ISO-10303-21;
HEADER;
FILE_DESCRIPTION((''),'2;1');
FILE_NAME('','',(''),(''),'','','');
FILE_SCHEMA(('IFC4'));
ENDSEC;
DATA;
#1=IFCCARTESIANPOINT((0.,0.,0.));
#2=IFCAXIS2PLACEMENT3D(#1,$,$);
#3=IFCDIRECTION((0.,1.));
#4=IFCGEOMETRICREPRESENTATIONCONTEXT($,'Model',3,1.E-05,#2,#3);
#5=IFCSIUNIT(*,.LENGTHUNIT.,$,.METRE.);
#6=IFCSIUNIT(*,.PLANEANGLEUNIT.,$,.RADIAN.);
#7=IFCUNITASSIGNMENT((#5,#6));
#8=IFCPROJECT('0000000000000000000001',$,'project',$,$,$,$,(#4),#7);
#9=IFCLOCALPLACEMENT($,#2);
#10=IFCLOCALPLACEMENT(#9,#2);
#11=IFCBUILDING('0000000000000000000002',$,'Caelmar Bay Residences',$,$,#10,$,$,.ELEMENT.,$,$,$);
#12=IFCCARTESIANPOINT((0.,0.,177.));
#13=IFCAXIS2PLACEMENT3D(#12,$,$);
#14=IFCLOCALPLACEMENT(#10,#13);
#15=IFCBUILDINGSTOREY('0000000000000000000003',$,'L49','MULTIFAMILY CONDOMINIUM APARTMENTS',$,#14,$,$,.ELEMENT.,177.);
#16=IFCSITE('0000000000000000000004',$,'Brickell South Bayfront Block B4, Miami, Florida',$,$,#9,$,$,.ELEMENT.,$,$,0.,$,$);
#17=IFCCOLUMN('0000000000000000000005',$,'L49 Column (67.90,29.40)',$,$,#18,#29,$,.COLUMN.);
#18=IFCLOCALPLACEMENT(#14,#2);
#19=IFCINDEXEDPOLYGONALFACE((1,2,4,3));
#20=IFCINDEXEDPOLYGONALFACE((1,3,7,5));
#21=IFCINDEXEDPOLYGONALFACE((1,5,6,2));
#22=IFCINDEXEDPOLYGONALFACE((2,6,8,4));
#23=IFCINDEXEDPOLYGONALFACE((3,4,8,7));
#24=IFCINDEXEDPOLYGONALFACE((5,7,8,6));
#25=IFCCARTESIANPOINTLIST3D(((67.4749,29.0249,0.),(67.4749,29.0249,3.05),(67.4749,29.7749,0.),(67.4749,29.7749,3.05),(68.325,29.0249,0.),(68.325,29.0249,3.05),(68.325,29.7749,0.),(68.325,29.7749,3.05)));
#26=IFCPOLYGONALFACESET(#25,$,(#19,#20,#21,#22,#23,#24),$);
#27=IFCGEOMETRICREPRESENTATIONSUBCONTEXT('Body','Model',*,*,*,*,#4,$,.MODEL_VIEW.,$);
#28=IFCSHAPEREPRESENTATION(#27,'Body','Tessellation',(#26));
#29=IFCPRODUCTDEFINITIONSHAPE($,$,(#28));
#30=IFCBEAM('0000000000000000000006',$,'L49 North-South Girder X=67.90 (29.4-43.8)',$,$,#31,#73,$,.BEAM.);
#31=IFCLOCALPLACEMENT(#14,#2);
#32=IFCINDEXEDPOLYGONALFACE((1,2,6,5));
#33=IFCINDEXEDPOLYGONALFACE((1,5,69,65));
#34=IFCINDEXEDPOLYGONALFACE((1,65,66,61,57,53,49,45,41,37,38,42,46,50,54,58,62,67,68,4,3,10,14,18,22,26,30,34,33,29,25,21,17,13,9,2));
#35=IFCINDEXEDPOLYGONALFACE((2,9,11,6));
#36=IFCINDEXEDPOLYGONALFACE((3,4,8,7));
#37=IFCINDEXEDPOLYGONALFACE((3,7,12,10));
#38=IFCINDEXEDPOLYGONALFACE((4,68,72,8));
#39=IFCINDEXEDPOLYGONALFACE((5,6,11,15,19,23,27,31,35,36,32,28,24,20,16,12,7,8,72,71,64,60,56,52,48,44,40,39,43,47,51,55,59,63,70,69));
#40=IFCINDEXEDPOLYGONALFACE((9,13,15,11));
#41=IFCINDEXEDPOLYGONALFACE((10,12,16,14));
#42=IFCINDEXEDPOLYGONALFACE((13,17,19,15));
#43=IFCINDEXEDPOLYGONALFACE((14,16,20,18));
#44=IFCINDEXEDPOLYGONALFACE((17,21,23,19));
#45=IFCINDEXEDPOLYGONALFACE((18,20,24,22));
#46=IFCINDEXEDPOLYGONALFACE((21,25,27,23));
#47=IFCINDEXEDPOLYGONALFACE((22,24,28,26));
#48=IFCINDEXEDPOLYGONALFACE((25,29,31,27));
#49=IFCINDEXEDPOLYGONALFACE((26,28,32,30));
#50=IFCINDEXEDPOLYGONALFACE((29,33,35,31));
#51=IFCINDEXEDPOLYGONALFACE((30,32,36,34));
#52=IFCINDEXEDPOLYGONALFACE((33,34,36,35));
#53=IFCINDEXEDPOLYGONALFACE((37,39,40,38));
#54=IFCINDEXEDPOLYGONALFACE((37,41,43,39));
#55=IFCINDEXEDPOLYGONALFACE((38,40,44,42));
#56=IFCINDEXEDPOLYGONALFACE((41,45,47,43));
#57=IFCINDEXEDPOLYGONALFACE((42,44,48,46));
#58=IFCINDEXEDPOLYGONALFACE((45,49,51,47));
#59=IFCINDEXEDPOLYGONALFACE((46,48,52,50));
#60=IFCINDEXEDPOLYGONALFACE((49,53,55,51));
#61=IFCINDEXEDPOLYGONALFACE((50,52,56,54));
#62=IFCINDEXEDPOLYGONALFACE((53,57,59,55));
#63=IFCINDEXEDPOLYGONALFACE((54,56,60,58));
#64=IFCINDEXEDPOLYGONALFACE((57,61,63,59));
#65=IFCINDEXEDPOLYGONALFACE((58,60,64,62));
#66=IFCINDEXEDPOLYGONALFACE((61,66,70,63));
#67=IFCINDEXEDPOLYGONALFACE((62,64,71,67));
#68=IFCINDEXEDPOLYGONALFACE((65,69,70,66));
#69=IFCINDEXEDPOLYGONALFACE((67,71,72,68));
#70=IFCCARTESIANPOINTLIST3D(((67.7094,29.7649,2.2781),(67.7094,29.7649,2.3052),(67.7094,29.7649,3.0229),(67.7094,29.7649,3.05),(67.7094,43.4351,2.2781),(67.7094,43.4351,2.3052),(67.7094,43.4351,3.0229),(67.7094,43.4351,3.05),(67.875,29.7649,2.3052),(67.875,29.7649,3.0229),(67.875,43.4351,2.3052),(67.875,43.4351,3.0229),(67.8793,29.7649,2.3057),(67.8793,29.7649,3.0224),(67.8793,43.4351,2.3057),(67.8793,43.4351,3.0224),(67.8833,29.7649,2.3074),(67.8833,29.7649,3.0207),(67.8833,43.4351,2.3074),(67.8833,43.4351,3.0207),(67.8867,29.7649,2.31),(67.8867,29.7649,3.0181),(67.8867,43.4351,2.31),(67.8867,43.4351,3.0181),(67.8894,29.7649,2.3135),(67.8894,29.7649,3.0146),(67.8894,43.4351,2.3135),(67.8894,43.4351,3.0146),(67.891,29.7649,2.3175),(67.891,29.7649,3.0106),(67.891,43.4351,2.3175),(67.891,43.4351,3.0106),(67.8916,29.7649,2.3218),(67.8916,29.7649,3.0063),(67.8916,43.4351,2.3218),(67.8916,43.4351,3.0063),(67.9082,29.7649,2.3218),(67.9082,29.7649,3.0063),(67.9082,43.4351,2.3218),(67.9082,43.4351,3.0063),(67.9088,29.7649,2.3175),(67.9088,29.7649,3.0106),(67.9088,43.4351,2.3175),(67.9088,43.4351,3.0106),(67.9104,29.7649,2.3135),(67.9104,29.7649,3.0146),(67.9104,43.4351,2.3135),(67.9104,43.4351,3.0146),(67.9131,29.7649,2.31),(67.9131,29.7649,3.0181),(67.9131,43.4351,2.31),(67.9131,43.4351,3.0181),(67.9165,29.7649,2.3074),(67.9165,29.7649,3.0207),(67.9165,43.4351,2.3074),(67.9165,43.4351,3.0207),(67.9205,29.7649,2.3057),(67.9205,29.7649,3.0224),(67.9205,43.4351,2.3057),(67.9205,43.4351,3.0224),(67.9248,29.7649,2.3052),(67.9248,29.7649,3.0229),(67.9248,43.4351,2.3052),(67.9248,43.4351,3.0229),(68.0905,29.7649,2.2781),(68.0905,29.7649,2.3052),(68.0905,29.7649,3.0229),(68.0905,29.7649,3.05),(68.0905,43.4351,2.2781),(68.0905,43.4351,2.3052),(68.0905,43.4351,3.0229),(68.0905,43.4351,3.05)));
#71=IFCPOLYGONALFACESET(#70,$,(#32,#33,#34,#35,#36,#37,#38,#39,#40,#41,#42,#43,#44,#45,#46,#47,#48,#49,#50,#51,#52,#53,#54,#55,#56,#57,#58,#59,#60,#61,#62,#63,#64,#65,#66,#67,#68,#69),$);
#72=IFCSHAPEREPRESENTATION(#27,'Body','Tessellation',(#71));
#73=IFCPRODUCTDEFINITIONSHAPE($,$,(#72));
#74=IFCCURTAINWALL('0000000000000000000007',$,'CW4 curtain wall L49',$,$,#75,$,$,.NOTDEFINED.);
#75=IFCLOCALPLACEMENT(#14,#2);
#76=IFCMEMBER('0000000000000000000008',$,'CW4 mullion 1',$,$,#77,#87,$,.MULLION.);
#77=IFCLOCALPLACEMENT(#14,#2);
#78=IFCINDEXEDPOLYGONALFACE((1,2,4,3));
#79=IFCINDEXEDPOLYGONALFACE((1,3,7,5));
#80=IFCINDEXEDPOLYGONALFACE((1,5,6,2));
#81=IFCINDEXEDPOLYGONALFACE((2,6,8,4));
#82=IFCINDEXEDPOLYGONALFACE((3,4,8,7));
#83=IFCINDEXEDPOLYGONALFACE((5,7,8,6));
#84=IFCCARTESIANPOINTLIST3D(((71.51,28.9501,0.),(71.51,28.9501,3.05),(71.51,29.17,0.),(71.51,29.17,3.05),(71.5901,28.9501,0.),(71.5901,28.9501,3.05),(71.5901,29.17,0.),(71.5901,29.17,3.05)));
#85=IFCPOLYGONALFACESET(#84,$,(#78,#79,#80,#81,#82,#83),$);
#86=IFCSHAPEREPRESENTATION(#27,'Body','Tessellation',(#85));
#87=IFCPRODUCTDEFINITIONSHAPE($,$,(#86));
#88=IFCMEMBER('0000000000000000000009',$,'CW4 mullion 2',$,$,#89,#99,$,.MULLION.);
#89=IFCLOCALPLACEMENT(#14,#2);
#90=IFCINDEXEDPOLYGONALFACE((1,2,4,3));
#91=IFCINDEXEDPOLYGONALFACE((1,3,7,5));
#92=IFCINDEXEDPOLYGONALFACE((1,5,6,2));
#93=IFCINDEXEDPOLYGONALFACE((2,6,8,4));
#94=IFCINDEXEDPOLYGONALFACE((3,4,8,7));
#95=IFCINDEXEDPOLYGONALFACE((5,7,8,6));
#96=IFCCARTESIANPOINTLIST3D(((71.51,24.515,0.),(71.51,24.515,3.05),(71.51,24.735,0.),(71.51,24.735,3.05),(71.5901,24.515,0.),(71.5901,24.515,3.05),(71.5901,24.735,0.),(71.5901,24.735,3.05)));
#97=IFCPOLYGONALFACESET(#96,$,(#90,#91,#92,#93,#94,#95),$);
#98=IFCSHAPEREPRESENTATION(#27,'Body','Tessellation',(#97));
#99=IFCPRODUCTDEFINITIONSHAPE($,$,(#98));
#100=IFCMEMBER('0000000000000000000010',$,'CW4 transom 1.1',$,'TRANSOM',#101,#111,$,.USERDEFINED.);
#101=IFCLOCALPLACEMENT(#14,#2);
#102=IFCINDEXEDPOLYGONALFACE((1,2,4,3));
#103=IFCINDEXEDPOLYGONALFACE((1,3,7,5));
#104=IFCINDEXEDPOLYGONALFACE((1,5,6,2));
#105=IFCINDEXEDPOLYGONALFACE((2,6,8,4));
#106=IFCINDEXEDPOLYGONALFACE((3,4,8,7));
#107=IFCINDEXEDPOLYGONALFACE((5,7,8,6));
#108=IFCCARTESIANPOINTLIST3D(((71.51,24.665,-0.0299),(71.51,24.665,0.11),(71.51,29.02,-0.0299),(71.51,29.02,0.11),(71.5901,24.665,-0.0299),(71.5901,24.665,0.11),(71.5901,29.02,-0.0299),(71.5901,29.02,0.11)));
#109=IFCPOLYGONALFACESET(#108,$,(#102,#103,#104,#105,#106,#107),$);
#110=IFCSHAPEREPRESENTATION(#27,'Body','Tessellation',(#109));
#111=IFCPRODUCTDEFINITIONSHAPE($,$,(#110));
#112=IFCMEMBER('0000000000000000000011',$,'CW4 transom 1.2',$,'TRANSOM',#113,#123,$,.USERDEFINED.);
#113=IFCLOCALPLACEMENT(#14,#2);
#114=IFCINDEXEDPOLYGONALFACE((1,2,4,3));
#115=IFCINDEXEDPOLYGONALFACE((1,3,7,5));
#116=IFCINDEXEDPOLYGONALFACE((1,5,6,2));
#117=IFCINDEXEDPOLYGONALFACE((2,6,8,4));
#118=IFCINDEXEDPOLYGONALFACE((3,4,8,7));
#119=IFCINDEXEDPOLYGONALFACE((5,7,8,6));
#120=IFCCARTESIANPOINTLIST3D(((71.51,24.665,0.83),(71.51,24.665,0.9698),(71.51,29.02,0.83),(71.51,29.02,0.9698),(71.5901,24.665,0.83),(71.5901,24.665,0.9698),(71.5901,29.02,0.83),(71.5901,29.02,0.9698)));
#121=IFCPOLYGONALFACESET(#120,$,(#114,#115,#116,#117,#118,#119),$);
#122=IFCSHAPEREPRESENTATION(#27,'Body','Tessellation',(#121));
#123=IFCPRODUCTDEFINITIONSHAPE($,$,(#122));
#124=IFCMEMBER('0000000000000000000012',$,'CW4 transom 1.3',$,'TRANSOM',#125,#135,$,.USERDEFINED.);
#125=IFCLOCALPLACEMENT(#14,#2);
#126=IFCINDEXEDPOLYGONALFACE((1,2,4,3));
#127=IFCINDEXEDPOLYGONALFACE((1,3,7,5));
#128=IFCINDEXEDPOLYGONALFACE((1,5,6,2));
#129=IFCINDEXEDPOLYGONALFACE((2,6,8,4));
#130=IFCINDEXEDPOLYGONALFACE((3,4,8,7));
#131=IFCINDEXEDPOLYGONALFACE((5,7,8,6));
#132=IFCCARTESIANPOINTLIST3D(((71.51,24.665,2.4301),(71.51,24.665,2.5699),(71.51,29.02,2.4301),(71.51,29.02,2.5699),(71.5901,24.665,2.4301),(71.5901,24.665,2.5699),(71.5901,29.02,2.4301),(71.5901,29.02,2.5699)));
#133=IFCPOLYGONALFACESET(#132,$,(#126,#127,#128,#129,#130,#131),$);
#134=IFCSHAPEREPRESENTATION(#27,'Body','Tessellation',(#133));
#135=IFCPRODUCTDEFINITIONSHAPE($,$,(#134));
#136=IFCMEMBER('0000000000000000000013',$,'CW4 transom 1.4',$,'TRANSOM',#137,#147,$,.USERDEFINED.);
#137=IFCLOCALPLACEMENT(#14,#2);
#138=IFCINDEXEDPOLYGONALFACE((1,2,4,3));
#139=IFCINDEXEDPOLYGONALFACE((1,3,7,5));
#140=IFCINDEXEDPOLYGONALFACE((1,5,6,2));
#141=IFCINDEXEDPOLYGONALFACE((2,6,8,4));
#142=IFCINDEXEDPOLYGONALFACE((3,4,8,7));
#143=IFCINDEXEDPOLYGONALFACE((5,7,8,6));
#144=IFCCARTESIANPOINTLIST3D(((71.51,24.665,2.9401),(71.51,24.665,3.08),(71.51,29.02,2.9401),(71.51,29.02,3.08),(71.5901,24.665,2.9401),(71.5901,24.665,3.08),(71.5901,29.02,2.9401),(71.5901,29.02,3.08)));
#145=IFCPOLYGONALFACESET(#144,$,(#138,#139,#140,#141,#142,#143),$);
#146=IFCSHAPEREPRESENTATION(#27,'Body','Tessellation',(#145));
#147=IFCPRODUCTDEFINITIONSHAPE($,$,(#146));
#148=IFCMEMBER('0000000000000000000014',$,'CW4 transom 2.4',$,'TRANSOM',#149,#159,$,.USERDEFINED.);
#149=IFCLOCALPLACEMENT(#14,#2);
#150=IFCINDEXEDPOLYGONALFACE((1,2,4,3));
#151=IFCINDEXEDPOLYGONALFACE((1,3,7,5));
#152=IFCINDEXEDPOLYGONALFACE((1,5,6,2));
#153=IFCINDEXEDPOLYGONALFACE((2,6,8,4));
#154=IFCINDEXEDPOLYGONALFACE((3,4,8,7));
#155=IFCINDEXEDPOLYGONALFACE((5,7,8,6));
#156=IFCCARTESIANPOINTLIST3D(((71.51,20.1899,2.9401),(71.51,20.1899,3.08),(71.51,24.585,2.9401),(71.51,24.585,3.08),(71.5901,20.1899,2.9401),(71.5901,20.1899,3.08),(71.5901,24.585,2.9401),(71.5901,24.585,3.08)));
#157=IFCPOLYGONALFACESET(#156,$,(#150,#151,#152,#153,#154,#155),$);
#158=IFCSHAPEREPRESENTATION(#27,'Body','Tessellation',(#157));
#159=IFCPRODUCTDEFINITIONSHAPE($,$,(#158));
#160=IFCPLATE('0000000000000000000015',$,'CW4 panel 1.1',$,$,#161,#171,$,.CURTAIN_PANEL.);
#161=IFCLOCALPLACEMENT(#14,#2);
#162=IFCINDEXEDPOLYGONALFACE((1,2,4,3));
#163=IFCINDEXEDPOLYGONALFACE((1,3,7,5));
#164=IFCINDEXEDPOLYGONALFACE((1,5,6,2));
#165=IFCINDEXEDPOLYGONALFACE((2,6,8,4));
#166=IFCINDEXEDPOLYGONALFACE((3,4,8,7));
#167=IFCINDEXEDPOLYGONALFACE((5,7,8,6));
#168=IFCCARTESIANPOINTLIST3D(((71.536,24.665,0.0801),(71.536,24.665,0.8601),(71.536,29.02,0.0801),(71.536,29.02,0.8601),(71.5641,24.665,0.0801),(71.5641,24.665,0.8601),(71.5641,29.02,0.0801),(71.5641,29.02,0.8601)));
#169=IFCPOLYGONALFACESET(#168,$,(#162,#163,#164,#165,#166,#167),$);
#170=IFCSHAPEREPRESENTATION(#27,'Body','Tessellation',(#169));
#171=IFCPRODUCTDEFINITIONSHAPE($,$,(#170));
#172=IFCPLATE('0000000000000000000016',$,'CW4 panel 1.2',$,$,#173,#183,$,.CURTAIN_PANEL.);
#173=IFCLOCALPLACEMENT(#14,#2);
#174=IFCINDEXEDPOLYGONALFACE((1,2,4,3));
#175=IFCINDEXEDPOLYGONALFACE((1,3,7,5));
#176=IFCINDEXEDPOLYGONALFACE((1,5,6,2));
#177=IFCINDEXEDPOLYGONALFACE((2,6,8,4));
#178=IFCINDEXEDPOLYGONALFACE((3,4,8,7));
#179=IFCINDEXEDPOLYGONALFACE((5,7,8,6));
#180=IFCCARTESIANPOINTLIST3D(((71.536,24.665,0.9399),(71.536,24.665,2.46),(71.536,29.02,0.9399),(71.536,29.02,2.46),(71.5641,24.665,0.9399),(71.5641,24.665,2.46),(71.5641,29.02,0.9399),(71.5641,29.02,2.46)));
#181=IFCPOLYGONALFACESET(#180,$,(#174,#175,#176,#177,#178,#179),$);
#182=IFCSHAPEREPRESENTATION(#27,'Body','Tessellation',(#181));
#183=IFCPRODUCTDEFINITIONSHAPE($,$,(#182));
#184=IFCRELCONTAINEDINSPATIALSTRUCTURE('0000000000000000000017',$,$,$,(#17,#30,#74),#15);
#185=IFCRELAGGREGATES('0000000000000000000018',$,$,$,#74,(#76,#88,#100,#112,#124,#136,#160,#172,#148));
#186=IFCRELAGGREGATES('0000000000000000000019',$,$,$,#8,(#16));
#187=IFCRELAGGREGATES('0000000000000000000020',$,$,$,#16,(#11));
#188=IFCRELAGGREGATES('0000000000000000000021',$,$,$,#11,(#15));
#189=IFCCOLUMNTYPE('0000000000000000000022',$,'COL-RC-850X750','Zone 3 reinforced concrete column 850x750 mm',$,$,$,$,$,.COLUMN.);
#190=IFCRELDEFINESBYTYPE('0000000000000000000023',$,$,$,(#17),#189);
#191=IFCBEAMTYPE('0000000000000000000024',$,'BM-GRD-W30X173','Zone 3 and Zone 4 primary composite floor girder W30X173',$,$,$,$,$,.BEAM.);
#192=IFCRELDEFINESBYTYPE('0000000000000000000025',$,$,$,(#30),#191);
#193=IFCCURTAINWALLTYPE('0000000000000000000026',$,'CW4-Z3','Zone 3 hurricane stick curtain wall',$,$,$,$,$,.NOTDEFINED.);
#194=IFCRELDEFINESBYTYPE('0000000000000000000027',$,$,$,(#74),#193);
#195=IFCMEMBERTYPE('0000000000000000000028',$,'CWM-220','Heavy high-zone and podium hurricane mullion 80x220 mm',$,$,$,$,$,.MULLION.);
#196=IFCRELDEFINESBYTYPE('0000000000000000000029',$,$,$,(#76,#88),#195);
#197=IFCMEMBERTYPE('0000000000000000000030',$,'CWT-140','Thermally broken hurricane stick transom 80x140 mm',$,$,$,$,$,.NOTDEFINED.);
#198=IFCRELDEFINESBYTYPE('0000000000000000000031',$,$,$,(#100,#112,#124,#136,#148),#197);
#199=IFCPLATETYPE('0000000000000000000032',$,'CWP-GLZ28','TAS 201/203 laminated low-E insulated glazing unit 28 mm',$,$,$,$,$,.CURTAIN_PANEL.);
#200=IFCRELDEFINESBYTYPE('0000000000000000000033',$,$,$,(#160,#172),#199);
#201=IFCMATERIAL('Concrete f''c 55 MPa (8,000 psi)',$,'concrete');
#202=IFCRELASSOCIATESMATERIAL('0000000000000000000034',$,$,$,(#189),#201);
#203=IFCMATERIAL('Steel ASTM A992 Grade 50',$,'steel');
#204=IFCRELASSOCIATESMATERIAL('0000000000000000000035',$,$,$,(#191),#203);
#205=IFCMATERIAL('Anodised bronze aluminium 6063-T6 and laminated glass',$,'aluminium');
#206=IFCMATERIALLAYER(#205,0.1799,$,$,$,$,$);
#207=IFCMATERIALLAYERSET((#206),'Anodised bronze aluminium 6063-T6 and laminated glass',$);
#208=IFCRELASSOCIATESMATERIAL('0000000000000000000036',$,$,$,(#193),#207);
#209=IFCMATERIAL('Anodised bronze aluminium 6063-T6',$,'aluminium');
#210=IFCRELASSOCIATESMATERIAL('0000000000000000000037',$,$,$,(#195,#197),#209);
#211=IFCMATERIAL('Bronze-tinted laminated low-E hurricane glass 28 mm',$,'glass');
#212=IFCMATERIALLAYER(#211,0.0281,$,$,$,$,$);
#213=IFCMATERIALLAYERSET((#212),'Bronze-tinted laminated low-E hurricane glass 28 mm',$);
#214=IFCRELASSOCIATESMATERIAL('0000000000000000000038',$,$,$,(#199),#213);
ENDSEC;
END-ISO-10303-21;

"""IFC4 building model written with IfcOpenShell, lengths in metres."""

from ifc_helpers import new_model, si_unit, direction, frame, origin, origin_2d, place, context, subcontext, project, spatial, rectangle, i_section, extrude, material, layer, layer_set, material_profile, profile_set, type_object, element, aggregate, save


model = new_model("IFC4")

# Units and contexts
model_context = context("Model", 3, precision=1e-05, world=origin(), true_north=direction((0.0, 1.0)))
body_context = subcontext(model_context, "Body", "Model", "MODEL_VIEW")
ifc_project = project(units=[si_unit("LENGTHUNIT", "METRE"), si_unit("PLANEANGLEUNIT", "RADIAN")], contexts=[model_context])

# Site, building, storey
site_placement = place(None, origin())
site = spatial("IfcSite", under=ifc_project, at=site_placement, Name="Brickell South Bayfront Block B4, Miami, Florida", CompositionType="ELEMENT", RefElevation=0.0)
building_placement = place(site_placement, origin())
building = spatial("IfcBuilding", under=site, at=building_placement, Name="Caelmar Bay Residences", CompositionType="ELEMENT")
storey_placement = place(building_placement, frame((0.0, 0.0, 177.0)))
storey = spatial("IfcBuildingStorey", under=building, at=storey_placement, Name="L49", Description="MULTIFAMILY CONDOMINIUM APARTMENTS", CompositionType="ELEMENT", Elevation=177.0)

# Column
ifc_material_1 = material(Name="Concrete f'c 55 MPa (8,000 psi)", Category="concrete")
ifc_material_profile_1 = material_profile(ifc_material_1, rectangle(XDim=0.8501, YDim=0.75, at=origin_2d()), Name="RC-COL-850X750")
ifc_profile_set_1 = profile_set([ifc_material_profile_1], Name="Concrete f'c 55 MPa (8,000 psi)")
column_type = type_object("IfcColumnType", Name="COL-RC-850X750", Description="Zone 3 reinforced concrete column 850x750 mm", PredefinedType="COLUMN", material=ifc_profile_set_1)
column_placement = place(storey_placement, frame((67.8999, 29.3999, 0.0), z_axis=(0.0, 0.0, 1.0), x_axis=(1.0, 0.0, 0.0)))
element("IfcColumn", 1, at=column_placement, inside=storey, type_object=column_type, Name="L49 Column (67.90,29.40)", PredefinedType="COLUMN", context=body_context, shape_type="SweptSolid", body=[
    extrude(rectangle(XDim=0.8501, YDim=0.75, at=origin_2d()), origin(), (0.0, 0.0, 1.0), 3.05),
])

# Beam
ifc_material_2 = material(Name="Steel ASTM A992 Grade 50", Category="steel")
ifc_material_profile_2 = material_profile(ifc_material_2, i_section(OverallWidth=0.3811, OverallDepth=0.772, WebThickness=0.0166, FlangeThickness=0.0271, FilletRadius=0.0166, at=origin_2d()), Name="W30X173")
ifc_profile_set_2 = profile_set([ifc_material_profile_2], Name="Steel ASTM A992 Grade 50")
beam_type = type_object("IfcBeamType", Name="BM-GRD-W30X173", Description="Zone 3 and Zone 4 primary composite floor girder W30X173", PredefinedType="BEAM", material=ifc_profile_set_2)
beam_placement = place(storey_placement, frame((67.8999, 29.7649, 2.6641), z_axis=(0.0, 1.0, 0.0), x_axis=(-1.0, 0.0, 0.0)))
element("IfcBeam", 2, at=beam_placement, inside=storey, type_object=beam_type, Name="L49 North-South Girder X=67.90 (29.4-43.8)", PredefinedType="BEAM", context=body_context, shape_type="SweptSolid", body=[
    extrude(i_section(OverallWidth=0.3811, OverallDepth=0.772, WebThickness=0.0166, FlangeThickness=0.0271, FilletRadius=0.0166, at=origin_2d()), origin(), (0.0, 0.0, 1.0), 13.6702),
])

# Curtain wall, members, plates
ifc_material_3 = material(Name="Anodised bronze aluminium 6063-T6 and laminated glass", Category="aluminium")
ifc_layer_1 = layer(ifc_material_3, 0.1799)
ifc_layer_set_1 = layer_set([ifc_layer_1], Name="Anodised bronze aluminium 6063-T6 and laminated glass")
curtain_wall_type = type_object("IfcCurtainWallType", Name="CW4-Z3", Description="Zone 3 hurricane stick curtain wall", PredefinedType="NOTDEFINED", material=ifc_layer_set_1)
curtain_wall_placement = place(storey_placement, origin())
curtain_wall = element("IfcCurtainWall", 3, at=curtain_wall_placement, inside=storey, type_object=curtain_wall_type, Name="CW4 curtain wall L49", PredefinedType="NOTDEFINED")
ifc_material_4 = material(Name="Anodised bronze aluminium 6063-T6", Category="aluminium")
ifc_material_profile_3 = material_profile(ifc_material_4, rectangle(XDim=0.0801, YDim=0.22, at=origin_2d()), Name="CWM-80X220")
ifc_profile_set_3 = profile_set([ifc_material_profile_3], Name="Anodised bronze aluminium 6063-T6")
member_type_1 = type_object("IfcMemberType", Name="CWM-220", Description="Heavy high-zone and podium hurricane mullion 80x220 mm", PredefinedType="MULLION", material=ifc_profile_set_3)
member_1_placement = place(storey_placement, frame((71.55, 29.0601, 0.0), z_axis=(0.0, 0.0, 1.0), x_axis=(1.0, 0.0, 0.0)))
member_1 = element("IfcMember", 4, at=member_1_placement, type_object=member_type_1, Name="CW4 mullion 1", PredefinedType="MULLION", context=body_context, shape_type="SweptSolid", body=[
    extrude(rectangle(XDim=0.0801, YDim=0.22, at=origin_2d()), origin(), (0.0, 0.0, 1.0), 3.05),
])
member_2_placement = place(storey_placement, frame((71.55, 24.625, 0.0), z_axis=(0.0, 0.0, 1.0), x_axis=(1.0, 0.0, 0.0)))
member_2 = element("IfcMember", 5, at=member_2_placement, type_object=member_type_1, Name="CW4 mullion 2", PredefinedType="MULLION", context=body_context, shape_type="SweptSolid", body=[
    extrude(rectangle(XDim=0.0801, YDim=0.22, at=origin_2d()), origin(), (0.0, 0.0, 1.0), 3.05),
])
ifc_material_profile_4 = material_profile(ifc_material_4, rectangle(XDim=0.0801, YDim=0.1399, at=origin_2d()), Name="CWT-80X140")
ifc_profile_set_4 = profile_set([ifc_material_profile_4], Name="Anodised bronze aluminium 6063-T6")
member_type_2 = type_object("IfcMemberType", Name="CWT-140", Description="Thermally broken hurricane stick transom 80x140 mm", PredefinedType="NOTDEFINED", material=ifc_profile_set_4)
member_3_placement = place(storey_placement, frame((71.55, 29.02, 0.04), z_axis=(0.0, -1.0, 0.0), x_axis=(1.0, 0.0, 0.0)))
member_3 = element("IfcMember", 6, at=member_3_placement, type_object=member_type_2, Name="CW4 transom 1.1", ObjectType="TRANSOM", PredefinedType="USERDEFINED", context=body_context, shape_type="SweptSolid", body=[
    extrude(rectangle(XDim=0.0801, YDim=0.1399, at=origin_2d()), origin(), (0.0, 0.0, 1.0), 4.355),
])
member_4_placement = place(storey_placement, frame((71.55, 29.02, 0.8999), z_axis=(0.0, -1.0, 0.0), x_axis=(1.0, 0.0, 0.0)))
member_4 = element("IfcMember", 7, at=member_4_placement, type_object=member_type_2, Name="CW4 transom 1.2", ObjectType="TRANSOM", PredefinedType="USERDEFINED", context=body_context, shape_type="SweptSolid", body=[
    extrude(rectangle(XDim=0.0801, YDim=0.1399, at=origin_2d()), origin(), (0.0, 0.0, 1.0), 4.355),
])
member_5_placement = place(storey_placement, frame((71.55, 29.02, 2.5), z_axis=(0.0, -1.0, 0.0), x_axis=(1.0, 0.0, 0.0)))
member_5 = element("IfcMember", 8, at=member_5_placement, type_object=member_type_2, Name="CW4 transom 1.3", ObjectType="TRANSOM", PredefinedType="USERDEFINED", context=body_context, shape_type="SweptSolid", body=[
    extrude(rectangle(XDim=0.0801, YDim=0.1399, at=origin_2d()), origin(), (0.0, 0.0, 1.0), 4.355),
])
member_6_placement = place(storey_placement, frame((71.55, 29.02, 3.01), z_axis=(0.0, -1.0, 0.0), x_axis=(1.0, 0.0, 0.0)))
member_6 = element("IfcMember", 9, at=member_6_placement, type_object=member_type_2, Name="CW4 transom 1.4", ObjectType="TRANSOM", PredefinedType="USERDEFINED", context=body_context, shape_type="SweptSolid", body=[
    extrude(rectangle(XDim=0.0801, YDim=0.1399, at=origin_2d()), origin(), (0.0, 0.0, 1.0), 4.355),
])
member_7_placement = place(storey_placement, frame((71.55, 24.585, 3.01), z_axis=(0.0, -1.0, 0.0), x_axis=(1.0, 0.0, 0.0)))
member_7 = element("IfcMember", 10, at=member_7_placement, type_object=member_type_2, Name="CW4 transom 2.4", ObjectType="TRANSOM", PredefinedType="USERDEFINED", context=body_context, shape_type="SweptSolid", body=[
    extrude(rectangle(XDim=0.0801, YDim=0.1399, at=origin_2d()), origin(), (0.0, 0.0, 1.0), 4.395),
])
ifc_material_5 = material(Name="Bronze-tinted laminated low-E hurricane glass 28 mm", Category="glass")
ifc_layer_2 = layer(ifc_material_5, 0.0281)
ifc_layer_set_2 = layer_set([ifc_layer_2], Name="Bronze-tinted laminated low-E hurricane glass 28 mm")
plate_type = type_object("IfcPlateType", Name="CWP-GLZ28", Description="TAS 201/203 laminated low-E insulated glazing unit 28 mm", PredefinedType="CURTAIN_PANEL", material=ifc_layer_set_2)
plate_1_placement = place(storey_placement, frame((71.55, 26.8425, 0.0801), z_axis=(0.0, 0.0, 1.0), x_axis=(0.0, -1.0, 0.0)))
plate_1 = element("IfcPlate", 11, at=plate_1_placement, type_object=plate_type, Name="CW4 panel 1.1", PredefinedType="CURTAIN_PANEL", context=body_context, shape_type="SweptSolid", body=[
    extrude(rectangle(XDim=4.355, YDim=0.0281, at=origin_2d()), origin(), (0.0, 0.0, 1.0), 0.78),
])
plate_2_placement = place(storey_placement, frame((71.55, 26.8425, 0.9399), z_axis=(0.0, 0.0, 1.0), x_axis=(0.0, -1.0, 0.0)))
plate_2 = element("IfcPlate", 12, at=plate_2_placement, type_object=plate_type, Name="CW4 panel 1.2", PredefinedType="CURTAIN_PANEL", context=body_context, shape_type="SweptSolid", body=[
    extrude(rectangle(XDim=4.355, YDim=0.0281, at=origin_2d()), origin(), (0.0, 0.0, 1.0), 1.52),
])
aggregate(curtain_wall, [member_1, member_2, member_3, member_4, member_5, member_6, plate_1, plate_2, member_7])

save(model, "model.ifc")
